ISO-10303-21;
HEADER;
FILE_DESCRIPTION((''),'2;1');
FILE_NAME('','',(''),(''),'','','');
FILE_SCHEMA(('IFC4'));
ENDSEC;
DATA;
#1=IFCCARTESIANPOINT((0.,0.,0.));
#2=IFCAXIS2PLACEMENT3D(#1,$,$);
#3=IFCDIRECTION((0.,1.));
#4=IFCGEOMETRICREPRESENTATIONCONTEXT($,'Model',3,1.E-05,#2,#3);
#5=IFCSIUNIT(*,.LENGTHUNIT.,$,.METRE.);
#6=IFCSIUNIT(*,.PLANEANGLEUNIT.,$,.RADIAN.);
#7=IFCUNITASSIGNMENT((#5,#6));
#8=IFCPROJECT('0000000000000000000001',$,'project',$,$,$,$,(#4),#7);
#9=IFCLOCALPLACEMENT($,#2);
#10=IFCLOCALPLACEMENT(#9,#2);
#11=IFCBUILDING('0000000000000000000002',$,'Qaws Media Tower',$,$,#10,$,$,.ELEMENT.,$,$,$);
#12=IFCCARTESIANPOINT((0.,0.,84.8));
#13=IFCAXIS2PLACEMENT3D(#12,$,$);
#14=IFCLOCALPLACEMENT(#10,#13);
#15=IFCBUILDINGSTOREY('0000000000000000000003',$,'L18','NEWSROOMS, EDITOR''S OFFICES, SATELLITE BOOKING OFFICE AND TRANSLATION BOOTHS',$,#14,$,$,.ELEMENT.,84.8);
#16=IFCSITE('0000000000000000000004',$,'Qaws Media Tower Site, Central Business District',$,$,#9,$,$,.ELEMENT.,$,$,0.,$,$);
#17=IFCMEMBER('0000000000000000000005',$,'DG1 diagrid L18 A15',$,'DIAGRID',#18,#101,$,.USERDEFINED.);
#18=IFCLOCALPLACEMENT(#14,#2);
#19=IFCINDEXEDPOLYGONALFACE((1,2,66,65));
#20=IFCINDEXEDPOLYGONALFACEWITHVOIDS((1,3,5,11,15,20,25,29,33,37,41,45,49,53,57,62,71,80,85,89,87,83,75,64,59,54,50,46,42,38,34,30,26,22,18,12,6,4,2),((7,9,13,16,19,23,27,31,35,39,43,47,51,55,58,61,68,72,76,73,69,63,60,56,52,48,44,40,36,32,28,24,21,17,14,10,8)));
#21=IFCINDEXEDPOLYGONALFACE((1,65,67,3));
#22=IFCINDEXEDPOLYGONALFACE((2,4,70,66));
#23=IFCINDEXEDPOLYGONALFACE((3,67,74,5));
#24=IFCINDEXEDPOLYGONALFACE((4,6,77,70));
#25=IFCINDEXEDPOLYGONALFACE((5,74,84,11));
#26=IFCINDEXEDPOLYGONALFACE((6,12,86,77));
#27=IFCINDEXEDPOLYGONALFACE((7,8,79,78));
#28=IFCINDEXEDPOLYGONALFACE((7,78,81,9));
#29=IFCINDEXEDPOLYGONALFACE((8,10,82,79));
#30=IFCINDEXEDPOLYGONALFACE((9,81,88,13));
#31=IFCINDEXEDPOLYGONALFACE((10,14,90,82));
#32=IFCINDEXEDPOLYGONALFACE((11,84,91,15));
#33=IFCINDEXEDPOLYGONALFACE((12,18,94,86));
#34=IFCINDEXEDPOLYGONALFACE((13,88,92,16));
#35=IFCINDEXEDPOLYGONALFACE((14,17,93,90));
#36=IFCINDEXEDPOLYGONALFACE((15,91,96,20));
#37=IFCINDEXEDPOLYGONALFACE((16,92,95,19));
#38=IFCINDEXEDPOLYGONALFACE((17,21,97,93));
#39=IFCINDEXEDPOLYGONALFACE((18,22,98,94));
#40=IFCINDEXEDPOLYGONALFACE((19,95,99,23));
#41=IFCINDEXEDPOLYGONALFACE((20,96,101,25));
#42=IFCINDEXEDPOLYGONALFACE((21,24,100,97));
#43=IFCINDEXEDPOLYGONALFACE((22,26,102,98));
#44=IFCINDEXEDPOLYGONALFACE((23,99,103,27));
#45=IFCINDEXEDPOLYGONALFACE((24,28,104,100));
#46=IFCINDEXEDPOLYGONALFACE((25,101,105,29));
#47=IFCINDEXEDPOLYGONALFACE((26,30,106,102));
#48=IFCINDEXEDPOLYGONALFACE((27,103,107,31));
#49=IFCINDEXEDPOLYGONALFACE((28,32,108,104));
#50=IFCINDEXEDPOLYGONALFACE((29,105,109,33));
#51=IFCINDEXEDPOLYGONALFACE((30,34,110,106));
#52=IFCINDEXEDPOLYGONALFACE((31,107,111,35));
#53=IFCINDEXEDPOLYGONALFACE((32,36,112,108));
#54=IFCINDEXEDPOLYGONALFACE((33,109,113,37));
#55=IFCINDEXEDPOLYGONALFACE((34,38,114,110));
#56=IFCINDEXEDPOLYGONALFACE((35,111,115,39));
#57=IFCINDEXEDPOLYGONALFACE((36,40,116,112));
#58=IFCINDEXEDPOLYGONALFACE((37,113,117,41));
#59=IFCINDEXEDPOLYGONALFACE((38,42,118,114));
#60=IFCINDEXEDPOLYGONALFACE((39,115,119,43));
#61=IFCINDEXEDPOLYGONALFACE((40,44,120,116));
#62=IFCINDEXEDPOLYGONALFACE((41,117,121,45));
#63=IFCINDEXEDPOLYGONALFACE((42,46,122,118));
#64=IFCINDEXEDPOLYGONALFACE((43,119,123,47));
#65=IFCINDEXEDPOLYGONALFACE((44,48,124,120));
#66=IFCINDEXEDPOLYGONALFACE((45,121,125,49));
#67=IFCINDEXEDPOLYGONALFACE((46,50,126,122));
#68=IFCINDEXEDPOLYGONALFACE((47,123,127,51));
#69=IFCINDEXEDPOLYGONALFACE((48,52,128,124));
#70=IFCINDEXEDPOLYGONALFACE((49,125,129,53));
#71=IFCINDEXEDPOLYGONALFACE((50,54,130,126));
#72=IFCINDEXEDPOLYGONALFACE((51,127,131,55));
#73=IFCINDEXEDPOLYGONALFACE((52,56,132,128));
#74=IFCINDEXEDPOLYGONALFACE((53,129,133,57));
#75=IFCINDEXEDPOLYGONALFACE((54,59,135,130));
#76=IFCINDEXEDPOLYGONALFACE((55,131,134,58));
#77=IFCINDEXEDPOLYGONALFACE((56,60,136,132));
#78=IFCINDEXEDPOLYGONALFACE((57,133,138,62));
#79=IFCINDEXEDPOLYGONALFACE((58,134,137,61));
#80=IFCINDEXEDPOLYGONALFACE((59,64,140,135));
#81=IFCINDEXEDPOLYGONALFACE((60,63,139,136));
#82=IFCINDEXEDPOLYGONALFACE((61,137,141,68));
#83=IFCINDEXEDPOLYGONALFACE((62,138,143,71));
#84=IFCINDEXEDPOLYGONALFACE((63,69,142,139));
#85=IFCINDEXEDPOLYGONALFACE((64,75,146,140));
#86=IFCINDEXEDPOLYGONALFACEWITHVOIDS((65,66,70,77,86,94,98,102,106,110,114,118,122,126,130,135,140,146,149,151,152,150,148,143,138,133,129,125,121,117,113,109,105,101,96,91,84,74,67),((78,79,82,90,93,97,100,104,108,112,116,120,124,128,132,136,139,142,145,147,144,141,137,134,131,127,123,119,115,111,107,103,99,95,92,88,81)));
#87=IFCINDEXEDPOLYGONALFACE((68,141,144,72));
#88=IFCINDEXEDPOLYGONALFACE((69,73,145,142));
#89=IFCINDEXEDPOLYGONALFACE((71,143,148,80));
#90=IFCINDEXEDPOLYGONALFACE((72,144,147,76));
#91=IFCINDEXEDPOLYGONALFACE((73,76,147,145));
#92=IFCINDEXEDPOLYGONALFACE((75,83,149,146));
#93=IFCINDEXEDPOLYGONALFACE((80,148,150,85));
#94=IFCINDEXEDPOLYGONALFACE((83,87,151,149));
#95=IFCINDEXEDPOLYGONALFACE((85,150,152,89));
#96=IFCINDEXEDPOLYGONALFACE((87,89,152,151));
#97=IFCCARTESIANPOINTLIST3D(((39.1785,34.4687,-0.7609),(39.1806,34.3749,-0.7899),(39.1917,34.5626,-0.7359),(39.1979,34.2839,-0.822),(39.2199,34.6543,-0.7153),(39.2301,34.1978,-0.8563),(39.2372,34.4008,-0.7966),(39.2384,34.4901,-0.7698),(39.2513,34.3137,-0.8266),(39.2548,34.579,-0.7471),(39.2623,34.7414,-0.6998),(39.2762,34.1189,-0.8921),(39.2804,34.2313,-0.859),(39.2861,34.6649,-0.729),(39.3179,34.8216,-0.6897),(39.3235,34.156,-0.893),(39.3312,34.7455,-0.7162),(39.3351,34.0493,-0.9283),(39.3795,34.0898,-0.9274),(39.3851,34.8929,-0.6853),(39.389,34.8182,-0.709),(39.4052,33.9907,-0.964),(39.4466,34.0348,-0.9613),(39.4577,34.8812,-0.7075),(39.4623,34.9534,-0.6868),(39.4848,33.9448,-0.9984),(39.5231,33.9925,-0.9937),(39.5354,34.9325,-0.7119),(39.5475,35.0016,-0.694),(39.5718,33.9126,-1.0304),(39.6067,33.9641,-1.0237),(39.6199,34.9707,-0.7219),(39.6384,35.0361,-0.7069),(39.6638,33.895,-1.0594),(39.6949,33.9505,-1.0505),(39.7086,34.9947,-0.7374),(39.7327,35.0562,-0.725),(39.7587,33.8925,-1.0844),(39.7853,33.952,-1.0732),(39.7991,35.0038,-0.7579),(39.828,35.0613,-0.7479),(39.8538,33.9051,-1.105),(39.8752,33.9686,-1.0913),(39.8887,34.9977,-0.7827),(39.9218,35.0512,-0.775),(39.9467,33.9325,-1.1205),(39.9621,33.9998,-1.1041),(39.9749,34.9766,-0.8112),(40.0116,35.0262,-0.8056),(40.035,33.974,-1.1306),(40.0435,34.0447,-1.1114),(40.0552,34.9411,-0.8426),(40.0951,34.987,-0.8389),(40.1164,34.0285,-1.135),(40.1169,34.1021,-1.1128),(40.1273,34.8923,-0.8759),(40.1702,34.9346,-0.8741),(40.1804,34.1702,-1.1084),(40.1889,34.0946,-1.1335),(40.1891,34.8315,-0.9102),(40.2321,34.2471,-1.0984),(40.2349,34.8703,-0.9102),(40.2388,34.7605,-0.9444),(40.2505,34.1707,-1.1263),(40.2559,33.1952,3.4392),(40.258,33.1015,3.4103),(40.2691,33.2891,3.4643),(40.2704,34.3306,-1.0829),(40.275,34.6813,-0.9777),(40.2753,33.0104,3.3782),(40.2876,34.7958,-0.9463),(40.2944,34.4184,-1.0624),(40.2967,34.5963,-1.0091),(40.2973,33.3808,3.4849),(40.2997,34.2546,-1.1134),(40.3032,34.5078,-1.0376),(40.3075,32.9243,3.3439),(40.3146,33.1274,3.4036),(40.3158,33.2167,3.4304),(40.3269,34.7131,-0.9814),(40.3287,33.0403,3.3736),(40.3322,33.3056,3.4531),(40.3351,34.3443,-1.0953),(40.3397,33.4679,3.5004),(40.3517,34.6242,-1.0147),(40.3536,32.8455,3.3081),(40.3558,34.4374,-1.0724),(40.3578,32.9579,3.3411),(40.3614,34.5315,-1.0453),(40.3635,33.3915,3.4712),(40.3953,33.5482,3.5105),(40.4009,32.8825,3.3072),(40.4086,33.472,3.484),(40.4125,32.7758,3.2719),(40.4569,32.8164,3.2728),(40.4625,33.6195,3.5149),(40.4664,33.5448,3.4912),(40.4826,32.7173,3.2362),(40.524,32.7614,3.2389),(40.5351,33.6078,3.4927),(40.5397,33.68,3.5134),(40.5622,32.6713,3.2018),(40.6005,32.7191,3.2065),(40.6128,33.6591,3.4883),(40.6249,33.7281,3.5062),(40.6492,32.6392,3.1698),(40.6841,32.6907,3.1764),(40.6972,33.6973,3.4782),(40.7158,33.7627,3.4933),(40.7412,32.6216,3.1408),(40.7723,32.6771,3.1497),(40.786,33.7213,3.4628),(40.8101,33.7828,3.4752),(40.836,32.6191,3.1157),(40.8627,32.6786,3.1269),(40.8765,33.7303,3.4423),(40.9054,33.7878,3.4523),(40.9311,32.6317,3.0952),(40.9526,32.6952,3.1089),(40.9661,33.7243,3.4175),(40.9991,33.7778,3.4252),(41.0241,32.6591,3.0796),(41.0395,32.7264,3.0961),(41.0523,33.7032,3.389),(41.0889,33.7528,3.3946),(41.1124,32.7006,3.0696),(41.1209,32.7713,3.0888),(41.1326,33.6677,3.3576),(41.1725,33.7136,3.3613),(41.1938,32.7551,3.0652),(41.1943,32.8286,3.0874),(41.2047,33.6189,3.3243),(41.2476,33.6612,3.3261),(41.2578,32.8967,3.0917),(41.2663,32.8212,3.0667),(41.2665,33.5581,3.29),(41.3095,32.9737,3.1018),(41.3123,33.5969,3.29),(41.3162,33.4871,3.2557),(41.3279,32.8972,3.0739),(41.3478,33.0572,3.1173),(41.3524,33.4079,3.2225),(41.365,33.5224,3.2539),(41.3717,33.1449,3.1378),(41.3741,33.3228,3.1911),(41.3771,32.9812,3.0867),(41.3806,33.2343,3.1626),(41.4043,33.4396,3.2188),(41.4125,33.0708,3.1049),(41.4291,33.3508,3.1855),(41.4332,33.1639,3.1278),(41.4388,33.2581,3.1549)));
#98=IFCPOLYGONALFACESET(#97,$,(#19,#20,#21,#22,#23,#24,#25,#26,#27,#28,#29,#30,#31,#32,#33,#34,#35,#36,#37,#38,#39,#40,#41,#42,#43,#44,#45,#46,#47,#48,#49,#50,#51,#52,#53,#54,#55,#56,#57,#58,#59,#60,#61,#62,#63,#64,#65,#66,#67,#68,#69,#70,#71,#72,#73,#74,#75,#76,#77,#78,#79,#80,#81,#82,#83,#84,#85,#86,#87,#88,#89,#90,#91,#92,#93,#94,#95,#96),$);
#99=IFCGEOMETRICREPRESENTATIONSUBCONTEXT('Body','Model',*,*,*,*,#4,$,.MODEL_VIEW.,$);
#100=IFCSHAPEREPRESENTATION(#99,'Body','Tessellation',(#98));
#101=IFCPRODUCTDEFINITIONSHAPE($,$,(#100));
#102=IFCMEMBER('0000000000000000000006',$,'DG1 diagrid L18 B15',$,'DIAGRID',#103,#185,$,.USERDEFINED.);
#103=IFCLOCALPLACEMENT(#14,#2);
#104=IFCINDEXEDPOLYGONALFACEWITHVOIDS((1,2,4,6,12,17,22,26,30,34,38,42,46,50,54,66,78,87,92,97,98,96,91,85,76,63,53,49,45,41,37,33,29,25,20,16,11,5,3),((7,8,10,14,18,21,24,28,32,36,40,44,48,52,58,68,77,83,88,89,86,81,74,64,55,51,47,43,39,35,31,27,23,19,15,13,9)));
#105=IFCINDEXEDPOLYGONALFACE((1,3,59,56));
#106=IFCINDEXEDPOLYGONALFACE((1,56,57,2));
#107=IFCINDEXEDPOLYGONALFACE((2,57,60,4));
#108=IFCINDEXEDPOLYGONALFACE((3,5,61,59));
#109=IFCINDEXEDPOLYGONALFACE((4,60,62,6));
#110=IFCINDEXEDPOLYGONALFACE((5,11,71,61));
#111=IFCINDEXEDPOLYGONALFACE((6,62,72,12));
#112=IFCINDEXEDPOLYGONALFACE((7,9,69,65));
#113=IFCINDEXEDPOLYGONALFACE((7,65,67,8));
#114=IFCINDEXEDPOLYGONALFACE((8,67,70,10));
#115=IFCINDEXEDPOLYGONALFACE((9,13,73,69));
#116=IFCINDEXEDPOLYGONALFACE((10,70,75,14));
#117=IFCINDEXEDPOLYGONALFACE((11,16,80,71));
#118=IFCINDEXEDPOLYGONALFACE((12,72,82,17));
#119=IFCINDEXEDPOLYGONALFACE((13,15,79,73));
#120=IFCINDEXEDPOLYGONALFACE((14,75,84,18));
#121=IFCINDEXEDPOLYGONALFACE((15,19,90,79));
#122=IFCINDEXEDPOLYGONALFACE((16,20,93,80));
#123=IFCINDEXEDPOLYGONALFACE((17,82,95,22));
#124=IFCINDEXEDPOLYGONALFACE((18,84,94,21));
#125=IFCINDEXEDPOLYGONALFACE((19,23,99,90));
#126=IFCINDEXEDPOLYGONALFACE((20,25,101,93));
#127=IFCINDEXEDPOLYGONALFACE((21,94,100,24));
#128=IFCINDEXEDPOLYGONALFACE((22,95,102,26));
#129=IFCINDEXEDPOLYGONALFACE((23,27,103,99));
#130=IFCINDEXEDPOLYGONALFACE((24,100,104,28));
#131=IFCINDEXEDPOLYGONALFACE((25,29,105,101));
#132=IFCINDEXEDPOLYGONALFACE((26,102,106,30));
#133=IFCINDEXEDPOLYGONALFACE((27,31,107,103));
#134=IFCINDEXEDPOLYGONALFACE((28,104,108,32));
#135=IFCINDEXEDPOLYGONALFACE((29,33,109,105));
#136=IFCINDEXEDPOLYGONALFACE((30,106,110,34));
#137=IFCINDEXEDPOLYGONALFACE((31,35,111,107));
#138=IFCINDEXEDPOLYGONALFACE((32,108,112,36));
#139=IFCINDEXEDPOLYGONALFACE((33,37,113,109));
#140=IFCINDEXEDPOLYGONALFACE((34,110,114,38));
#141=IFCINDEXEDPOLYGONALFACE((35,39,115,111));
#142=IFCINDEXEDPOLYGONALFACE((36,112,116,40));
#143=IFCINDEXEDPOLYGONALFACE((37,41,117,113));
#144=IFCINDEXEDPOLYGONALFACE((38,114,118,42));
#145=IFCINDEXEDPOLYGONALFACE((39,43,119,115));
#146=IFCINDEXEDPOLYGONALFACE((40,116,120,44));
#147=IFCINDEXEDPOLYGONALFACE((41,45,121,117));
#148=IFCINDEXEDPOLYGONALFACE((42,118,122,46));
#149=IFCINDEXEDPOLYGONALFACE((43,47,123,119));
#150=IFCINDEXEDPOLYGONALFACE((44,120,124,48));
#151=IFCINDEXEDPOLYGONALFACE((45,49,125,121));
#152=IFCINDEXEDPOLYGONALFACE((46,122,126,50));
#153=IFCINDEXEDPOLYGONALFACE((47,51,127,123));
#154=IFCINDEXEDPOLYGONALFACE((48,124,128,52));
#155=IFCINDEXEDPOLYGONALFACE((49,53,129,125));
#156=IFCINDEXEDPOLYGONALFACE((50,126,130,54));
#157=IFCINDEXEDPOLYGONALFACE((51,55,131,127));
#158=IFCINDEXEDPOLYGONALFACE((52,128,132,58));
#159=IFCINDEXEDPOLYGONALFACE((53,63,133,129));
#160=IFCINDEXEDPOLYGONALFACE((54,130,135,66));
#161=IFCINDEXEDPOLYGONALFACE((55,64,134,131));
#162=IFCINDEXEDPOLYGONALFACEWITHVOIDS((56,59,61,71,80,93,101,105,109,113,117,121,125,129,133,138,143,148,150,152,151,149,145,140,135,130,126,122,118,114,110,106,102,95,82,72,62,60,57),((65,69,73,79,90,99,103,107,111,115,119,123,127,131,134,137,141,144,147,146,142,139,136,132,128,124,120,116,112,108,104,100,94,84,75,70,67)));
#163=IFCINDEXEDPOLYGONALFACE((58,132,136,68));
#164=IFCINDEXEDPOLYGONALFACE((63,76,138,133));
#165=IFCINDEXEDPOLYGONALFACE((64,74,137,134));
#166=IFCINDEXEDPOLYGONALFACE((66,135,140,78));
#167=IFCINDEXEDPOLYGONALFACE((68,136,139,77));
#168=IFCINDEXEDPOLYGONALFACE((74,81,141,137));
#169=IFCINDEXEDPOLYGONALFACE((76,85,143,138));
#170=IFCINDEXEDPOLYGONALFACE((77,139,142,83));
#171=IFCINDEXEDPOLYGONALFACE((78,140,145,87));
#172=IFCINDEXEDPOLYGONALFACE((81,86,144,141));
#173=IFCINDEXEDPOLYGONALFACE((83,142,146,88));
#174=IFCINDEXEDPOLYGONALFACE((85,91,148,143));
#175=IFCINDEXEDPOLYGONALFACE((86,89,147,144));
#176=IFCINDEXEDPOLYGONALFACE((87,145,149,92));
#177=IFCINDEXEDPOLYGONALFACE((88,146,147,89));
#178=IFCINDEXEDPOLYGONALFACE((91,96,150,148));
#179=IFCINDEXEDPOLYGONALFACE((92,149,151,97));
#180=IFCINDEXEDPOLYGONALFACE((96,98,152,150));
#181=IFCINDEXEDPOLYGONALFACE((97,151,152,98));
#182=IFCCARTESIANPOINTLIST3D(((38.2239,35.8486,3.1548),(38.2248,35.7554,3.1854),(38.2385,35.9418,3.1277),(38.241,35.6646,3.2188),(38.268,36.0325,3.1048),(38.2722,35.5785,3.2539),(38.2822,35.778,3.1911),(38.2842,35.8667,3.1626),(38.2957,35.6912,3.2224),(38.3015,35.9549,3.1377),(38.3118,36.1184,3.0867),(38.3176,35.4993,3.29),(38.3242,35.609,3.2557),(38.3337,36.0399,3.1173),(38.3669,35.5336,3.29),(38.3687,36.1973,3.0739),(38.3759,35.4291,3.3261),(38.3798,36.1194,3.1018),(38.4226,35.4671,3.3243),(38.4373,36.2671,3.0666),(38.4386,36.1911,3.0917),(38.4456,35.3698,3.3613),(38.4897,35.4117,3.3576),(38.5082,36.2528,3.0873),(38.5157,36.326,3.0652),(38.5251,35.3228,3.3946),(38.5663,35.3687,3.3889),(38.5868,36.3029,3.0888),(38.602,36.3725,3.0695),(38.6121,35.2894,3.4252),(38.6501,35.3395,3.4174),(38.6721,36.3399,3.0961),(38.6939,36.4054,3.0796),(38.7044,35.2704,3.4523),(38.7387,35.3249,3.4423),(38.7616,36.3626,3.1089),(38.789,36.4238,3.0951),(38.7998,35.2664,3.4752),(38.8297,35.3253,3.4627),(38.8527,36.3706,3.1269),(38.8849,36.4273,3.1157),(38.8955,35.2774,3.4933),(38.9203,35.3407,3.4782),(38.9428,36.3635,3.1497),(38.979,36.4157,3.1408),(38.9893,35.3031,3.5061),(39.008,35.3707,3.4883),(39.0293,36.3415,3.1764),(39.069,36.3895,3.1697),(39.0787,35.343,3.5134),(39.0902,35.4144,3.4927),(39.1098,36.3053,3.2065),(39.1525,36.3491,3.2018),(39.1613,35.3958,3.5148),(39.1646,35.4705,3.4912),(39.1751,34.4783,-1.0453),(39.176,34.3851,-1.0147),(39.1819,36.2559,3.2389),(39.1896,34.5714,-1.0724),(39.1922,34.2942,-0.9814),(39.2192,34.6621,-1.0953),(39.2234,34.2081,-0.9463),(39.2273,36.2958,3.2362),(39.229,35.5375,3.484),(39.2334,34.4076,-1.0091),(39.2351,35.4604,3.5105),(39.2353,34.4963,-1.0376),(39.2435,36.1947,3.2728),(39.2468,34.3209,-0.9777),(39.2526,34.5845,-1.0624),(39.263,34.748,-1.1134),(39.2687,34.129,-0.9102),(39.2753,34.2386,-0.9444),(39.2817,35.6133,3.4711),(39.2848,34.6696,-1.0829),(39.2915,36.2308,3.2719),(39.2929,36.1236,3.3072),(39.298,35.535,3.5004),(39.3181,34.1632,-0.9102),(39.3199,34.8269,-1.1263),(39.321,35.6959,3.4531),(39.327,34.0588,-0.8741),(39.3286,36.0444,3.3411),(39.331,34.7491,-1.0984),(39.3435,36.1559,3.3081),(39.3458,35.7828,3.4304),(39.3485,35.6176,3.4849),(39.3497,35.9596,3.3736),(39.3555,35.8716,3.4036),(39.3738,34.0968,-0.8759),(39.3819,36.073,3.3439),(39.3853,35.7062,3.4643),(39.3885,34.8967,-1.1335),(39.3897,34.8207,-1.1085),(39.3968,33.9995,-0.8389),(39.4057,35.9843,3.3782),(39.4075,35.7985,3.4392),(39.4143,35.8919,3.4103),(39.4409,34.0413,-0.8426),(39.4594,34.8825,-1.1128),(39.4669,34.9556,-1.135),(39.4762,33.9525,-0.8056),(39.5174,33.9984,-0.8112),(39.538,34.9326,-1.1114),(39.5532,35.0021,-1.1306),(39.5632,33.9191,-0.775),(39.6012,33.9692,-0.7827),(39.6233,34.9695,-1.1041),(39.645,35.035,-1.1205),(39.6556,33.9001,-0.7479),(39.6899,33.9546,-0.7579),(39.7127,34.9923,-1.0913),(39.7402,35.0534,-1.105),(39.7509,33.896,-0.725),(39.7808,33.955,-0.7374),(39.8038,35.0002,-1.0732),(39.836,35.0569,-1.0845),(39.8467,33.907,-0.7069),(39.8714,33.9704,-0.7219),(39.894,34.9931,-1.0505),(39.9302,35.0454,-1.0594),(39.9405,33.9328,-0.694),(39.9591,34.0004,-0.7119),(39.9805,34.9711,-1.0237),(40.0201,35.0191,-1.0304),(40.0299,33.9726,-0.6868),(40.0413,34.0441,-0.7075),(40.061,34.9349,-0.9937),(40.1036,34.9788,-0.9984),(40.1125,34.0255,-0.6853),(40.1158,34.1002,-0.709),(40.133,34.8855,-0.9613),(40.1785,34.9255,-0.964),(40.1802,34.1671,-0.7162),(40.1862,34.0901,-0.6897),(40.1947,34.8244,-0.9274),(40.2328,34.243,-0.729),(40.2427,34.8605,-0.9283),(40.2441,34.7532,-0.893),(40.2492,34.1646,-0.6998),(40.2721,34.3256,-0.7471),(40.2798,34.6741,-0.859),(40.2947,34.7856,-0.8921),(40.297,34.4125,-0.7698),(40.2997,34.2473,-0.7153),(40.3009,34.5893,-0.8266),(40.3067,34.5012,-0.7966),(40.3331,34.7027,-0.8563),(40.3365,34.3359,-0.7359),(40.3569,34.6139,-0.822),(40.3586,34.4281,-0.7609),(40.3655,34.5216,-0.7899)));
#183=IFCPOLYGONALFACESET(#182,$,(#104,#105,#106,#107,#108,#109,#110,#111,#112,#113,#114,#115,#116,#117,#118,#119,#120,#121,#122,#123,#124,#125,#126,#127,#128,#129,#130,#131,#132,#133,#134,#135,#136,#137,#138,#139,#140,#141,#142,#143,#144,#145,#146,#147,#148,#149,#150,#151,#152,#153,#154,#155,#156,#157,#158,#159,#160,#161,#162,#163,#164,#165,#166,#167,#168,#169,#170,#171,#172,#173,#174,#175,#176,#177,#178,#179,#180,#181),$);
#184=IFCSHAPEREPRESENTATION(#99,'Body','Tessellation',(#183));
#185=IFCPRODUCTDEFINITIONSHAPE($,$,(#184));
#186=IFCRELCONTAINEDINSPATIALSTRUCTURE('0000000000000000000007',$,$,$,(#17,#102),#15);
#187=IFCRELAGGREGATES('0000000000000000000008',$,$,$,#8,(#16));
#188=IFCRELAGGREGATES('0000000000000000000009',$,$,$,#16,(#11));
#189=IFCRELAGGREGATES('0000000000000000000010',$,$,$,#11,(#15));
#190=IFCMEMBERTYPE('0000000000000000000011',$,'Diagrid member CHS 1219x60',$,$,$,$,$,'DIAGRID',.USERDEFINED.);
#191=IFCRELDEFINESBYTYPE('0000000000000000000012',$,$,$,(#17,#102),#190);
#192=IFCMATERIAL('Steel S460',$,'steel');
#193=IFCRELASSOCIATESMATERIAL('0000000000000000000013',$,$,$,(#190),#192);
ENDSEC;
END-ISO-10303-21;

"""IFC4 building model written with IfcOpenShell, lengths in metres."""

from ifc_helpers import new_model, si_unit, direction, frame, origin, origin_2d, place, context, subcontext, project, spatial, hollow_circle, extrude, material, material_profile, profile_set, type_object, element, save


model = new_model("IFC4")

# Units and contexts
model_context = context("Model", 3, precision=1e-05, world=origin(), true_north=direction((0.0, 1.0)))
body_context = subcontext(model_context, "Body", "Model", "MODEL_VIEW")
ifc_project = project(units=[si_unit("LENGTHUNIT", "METRE"), si_unit("PLANEANGLEUNIT", "RADIAN")], contexts=[model_context])

# Site, building, storey
site_placement = place(None, origin())
site = spatial("IfcSite", under=ifc_project, at=site_placement, Name="Qaws Media Tower Site, Central Business District", CompositionType="ELEMENT", RefElevation=0.0)
building_placement = place(site_placement, origin())
building = spatial("IfcBuilding", under=site, at=building_placement, Name="Qaws Media Tower", CompositionType="ELEMENT")
storey_placement = place(building_placement, frame((0.0, 0.0, 84.8)))
storey = spatial("IfcBuildingStorey", under=building, at=storey_placement, Name="L18", Description="NEWSROOMS, EDITOR'S OFFICES, SATELLITE BOOKING OFFICE AND TRANSLATION BOOTHS", CompositionType="ELEMENT", Elevation=84.8)

# Members
ifc_material_1 = material(Name="Steel S460", Category="steel")
ifc_material_profile_1 = material_profile(ifc_material_1, hollow_circle(Radius=0.6096, WallThickness=0.0601, at=origin_2d()), Name="CHS 1219x60")
ifc_profile_set_1 = profile_set([ifc_material_profile_1], Name="Steel S460")
member_type_1 = type_object("IfcMemberType", Name="Diagrid member CHS 1219x60", ElementType="DIAGRID", PredefinedType="USERDEFINED", material=ifc_profile_set_1)
for number, where, z_axis, x_axis, name in (
    (1, (39.7695, 34.4766, -0.9102), (0.238398, -0.281778, 0.929391), (0.763425, 0.645896, 0.0), "DG1 diagrid L18 A15"),
    (2, (39.7695, 34.4766, -0.9102), (-0.210468, 0.303223, 0.929386), (-0.821501, -0.570207, 0.0), "DG1 diagrid L18 B15"),
):
    element("IfcMember", number, at=place(storey_placement, frame(where, z_axis=z_axis, x_axis=x_axis)), inside=storey, type_object=member_type_1, Name=name, ObjectType="DIAGRID", PredefinedType="USERDEFINED", context=body_context, shape_type="SweptSolid", body=[
        extrude(hollow_circle(Radius=0.6096, WallThickness=0.0601, at=origin_2d()), origin(), (0.0, 0.0, 1.0), 4.5193),
    ])

save(model, "model.ifc")
